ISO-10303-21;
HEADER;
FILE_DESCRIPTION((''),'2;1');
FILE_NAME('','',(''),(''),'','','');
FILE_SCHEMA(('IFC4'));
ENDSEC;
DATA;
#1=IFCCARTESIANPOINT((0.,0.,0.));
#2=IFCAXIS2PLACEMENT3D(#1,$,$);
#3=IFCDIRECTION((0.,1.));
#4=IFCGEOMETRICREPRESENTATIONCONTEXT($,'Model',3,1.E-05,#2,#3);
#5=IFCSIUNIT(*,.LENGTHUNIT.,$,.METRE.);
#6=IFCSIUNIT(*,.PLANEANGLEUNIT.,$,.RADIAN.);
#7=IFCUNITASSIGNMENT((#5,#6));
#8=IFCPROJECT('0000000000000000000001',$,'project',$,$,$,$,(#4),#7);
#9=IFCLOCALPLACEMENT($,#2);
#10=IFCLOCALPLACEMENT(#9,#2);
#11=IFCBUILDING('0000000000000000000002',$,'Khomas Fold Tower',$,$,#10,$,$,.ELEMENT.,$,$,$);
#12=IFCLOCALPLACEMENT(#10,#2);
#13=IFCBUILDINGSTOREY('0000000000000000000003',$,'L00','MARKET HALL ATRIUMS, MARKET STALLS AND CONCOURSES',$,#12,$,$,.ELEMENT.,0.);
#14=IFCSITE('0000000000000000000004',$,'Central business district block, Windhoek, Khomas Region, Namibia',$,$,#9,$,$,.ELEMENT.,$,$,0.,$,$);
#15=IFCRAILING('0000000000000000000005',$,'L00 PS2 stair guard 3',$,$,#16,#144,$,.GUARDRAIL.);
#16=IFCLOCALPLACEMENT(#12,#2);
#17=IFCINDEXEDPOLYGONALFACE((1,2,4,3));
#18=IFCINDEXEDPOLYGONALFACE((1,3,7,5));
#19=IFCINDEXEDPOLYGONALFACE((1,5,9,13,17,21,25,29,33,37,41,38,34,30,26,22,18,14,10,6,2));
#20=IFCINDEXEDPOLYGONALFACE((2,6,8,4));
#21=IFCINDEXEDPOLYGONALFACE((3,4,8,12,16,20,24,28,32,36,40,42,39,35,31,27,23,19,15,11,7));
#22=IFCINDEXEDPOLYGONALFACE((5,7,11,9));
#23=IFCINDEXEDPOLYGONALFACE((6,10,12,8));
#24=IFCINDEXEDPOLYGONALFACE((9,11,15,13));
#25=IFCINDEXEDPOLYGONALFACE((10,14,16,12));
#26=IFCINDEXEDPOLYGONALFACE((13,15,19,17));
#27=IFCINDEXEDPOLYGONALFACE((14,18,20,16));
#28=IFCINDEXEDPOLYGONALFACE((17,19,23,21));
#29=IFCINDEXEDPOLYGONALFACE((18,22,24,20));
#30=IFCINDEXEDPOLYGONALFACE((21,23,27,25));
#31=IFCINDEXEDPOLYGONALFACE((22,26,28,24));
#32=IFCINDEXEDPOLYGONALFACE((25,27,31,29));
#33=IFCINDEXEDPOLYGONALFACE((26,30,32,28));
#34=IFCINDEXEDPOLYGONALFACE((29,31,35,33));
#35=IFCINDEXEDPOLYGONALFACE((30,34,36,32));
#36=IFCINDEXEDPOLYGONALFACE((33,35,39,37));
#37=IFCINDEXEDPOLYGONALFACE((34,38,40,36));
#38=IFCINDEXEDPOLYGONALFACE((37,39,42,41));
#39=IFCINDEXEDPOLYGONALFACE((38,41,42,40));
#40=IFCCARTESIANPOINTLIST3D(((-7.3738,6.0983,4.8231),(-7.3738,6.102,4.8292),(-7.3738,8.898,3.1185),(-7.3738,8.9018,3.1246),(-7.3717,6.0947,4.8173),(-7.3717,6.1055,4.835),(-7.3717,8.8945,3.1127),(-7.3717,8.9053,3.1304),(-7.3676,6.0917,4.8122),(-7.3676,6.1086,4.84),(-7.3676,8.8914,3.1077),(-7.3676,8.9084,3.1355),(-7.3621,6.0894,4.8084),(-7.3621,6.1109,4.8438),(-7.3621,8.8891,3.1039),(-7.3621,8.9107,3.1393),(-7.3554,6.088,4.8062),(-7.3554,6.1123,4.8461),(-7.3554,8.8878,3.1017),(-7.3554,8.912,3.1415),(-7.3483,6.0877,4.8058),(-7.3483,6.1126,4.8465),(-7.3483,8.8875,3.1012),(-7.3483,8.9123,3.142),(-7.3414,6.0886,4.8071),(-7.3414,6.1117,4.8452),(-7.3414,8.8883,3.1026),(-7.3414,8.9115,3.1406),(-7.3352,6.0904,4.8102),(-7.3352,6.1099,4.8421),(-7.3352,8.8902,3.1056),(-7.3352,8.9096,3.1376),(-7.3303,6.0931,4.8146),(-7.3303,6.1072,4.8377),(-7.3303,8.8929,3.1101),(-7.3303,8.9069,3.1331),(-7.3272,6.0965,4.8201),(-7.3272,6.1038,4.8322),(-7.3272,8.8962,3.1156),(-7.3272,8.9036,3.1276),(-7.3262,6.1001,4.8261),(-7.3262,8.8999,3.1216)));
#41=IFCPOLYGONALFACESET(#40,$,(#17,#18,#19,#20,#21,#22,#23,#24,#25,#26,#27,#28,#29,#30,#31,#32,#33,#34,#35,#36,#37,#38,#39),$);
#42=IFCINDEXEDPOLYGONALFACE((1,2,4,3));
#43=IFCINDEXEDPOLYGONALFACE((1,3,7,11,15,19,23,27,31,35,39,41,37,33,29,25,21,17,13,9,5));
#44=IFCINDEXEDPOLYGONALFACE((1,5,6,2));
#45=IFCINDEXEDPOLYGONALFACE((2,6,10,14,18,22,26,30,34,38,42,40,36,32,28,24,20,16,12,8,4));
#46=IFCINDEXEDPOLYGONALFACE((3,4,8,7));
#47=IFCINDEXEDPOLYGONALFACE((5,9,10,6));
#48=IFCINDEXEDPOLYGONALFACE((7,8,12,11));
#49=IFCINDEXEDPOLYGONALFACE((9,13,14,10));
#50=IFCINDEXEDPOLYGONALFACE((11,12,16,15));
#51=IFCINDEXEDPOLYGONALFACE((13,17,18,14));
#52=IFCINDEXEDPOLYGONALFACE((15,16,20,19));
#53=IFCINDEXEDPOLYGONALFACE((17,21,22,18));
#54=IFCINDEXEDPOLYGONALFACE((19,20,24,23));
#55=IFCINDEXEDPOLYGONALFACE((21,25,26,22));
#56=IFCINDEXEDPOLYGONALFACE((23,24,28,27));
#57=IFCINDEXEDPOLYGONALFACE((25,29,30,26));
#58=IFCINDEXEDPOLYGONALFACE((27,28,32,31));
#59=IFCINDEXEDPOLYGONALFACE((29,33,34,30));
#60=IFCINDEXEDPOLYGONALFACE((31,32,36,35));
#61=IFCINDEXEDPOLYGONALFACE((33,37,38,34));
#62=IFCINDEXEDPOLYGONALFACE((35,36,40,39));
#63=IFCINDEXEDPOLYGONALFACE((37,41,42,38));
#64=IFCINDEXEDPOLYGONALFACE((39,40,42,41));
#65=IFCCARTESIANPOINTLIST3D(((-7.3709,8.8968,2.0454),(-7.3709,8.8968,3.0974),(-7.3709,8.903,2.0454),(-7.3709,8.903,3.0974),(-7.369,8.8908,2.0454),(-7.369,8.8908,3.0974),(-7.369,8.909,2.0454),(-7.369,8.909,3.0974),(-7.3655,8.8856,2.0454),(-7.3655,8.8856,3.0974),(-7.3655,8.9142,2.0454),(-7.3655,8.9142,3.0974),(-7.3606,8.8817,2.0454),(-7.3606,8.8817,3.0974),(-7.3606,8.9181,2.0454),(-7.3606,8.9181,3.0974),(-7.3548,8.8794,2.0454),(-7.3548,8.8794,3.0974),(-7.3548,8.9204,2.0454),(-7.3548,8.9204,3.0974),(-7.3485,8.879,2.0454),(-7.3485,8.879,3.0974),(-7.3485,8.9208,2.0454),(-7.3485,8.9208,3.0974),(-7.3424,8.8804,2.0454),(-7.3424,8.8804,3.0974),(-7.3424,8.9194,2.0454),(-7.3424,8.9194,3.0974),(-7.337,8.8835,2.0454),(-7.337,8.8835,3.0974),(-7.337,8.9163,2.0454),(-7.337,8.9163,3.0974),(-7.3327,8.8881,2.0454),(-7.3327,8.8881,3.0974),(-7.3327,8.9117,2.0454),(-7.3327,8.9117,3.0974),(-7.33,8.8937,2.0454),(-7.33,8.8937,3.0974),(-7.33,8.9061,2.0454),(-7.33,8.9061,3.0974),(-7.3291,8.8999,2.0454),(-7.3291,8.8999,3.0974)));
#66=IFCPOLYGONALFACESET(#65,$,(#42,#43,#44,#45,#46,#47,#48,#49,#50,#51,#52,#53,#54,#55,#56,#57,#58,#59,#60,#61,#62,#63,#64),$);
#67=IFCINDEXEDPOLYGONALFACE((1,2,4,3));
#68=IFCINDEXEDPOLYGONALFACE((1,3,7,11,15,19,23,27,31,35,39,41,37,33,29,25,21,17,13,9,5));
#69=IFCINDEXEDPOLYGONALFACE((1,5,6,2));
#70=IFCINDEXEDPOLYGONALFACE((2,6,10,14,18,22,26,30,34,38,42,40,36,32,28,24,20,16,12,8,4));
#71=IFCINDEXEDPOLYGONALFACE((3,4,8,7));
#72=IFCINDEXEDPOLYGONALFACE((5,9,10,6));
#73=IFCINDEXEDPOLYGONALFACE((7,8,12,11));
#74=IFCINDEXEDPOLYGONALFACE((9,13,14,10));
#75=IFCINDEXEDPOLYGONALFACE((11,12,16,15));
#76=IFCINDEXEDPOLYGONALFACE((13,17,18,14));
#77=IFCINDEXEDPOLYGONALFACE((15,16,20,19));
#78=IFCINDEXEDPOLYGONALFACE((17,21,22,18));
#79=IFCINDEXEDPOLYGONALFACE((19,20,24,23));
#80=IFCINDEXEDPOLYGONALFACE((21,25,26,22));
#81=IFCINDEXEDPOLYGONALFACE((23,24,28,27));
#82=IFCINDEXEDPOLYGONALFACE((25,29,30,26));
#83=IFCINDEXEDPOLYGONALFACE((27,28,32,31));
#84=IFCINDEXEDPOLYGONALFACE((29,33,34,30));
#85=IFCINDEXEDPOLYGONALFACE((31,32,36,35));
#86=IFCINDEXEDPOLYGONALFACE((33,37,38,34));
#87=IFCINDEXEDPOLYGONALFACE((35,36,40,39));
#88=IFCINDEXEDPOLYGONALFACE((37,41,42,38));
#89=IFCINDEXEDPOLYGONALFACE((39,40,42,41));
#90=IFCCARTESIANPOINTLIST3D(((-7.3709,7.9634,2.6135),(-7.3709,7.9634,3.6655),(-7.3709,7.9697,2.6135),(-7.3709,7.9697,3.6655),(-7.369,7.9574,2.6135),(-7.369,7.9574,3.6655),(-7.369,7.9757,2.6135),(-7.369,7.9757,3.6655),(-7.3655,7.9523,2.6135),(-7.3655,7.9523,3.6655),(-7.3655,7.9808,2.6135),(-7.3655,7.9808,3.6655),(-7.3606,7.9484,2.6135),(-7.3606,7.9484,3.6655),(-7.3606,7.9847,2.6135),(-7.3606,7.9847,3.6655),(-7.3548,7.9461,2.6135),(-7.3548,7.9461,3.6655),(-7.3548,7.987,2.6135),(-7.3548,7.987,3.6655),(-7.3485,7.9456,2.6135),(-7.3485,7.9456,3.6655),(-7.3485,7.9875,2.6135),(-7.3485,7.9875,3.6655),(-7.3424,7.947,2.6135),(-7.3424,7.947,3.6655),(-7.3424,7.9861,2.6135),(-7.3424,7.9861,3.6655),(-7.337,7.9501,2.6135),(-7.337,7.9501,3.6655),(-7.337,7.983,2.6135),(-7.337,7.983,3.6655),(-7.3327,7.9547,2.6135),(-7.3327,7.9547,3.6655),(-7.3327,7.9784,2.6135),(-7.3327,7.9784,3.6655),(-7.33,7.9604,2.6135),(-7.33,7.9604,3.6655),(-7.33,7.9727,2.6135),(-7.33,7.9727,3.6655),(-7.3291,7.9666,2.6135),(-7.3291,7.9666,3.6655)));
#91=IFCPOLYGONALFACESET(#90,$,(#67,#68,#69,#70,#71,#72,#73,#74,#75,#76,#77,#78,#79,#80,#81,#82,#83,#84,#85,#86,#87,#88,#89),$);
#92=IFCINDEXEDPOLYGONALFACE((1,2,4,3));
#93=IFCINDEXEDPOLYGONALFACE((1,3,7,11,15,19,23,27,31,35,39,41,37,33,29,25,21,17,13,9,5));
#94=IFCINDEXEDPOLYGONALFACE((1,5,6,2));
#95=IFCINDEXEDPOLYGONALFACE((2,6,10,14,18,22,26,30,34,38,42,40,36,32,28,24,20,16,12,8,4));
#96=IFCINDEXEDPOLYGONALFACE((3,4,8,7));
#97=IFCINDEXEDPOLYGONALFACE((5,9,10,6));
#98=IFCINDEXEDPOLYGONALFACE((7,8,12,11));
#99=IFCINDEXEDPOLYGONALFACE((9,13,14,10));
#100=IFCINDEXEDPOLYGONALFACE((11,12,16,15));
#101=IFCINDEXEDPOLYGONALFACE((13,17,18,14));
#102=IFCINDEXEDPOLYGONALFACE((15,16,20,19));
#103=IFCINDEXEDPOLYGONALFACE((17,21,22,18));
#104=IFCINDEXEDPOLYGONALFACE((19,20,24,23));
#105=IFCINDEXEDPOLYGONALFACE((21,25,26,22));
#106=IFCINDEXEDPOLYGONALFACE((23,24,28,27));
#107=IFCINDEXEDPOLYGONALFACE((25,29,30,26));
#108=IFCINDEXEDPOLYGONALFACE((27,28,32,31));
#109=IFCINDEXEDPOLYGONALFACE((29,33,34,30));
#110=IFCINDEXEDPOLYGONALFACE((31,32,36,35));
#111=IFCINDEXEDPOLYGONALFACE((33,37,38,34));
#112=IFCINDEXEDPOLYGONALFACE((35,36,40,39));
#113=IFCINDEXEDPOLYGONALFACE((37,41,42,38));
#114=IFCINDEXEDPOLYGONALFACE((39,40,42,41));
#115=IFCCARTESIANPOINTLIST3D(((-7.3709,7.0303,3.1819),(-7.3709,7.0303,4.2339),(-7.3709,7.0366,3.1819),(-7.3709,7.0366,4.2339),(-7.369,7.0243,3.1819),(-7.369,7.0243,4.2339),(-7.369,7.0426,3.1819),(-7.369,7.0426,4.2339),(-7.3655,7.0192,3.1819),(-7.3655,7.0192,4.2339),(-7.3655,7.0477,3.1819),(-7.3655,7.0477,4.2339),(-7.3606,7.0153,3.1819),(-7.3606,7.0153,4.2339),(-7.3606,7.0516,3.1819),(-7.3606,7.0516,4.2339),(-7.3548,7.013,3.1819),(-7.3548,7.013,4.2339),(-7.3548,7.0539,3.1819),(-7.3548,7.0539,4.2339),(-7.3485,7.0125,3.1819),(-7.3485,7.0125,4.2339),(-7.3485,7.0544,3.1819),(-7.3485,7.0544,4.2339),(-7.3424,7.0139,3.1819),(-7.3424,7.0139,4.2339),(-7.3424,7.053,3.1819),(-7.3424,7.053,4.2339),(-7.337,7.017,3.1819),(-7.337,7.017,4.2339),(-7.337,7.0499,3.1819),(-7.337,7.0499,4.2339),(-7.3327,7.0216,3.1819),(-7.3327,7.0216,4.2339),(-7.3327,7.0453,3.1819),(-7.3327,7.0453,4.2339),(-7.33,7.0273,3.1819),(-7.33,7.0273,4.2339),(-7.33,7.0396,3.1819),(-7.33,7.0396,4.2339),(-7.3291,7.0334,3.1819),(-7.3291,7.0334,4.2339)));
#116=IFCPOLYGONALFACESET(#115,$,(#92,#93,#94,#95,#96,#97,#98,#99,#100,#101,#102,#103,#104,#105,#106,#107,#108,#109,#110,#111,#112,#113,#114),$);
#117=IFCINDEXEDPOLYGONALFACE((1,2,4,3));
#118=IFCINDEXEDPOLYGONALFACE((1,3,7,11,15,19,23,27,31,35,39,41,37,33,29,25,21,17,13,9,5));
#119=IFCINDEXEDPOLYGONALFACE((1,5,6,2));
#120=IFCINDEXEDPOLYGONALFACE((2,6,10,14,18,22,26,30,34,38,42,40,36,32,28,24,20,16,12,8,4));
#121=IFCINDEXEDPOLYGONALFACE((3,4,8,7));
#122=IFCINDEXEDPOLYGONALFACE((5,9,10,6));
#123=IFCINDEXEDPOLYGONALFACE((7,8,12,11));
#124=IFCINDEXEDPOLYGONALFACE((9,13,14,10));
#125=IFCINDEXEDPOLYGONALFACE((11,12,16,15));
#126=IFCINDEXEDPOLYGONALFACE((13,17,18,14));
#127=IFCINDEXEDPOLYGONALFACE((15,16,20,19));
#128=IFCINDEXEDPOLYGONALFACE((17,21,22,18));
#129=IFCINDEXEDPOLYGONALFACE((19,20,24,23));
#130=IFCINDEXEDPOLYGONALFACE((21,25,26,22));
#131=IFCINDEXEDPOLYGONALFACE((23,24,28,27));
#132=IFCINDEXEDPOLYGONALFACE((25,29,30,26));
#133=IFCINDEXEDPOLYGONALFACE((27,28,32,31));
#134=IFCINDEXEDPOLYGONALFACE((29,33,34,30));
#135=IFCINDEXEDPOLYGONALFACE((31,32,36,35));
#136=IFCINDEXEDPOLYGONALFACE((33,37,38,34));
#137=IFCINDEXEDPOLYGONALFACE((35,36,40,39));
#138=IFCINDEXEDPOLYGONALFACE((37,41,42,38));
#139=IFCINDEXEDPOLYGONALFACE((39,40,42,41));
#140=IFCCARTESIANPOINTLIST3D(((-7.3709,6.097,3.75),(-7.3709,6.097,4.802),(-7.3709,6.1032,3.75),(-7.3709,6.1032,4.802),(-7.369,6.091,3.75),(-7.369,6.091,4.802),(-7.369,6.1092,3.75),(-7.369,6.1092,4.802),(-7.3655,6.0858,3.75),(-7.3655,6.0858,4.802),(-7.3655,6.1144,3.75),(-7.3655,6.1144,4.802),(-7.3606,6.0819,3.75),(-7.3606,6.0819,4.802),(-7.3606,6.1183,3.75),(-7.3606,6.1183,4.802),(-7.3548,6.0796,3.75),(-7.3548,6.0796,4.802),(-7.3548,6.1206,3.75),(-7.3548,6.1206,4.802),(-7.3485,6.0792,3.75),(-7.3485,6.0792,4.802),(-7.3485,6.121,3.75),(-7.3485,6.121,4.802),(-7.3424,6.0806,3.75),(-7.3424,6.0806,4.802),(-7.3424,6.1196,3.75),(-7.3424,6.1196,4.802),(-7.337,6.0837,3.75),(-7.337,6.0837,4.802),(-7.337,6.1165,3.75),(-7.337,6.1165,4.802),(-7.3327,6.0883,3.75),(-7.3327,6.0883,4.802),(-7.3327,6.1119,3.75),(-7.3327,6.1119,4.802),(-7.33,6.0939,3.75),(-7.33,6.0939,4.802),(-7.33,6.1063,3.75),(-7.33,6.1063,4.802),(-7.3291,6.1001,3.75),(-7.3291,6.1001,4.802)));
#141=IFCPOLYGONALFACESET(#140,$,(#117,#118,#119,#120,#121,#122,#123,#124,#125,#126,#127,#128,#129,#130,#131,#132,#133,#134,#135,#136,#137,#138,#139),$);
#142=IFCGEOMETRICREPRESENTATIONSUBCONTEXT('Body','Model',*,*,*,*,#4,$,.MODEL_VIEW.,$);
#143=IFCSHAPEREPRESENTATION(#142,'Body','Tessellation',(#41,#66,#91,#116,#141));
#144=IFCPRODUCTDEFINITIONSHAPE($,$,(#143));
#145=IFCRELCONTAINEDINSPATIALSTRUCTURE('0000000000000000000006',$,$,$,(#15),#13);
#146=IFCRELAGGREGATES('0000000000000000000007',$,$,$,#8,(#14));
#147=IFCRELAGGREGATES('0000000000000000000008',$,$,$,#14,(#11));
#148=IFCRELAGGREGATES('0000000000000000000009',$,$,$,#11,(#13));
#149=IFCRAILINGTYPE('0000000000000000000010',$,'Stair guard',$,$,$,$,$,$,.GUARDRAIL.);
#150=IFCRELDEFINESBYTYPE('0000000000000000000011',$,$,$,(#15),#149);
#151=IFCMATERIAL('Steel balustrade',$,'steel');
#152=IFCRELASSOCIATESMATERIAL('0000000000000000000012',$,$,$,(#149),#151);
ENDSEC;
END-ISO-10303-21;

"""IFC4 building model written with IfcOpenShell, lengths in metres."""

from ifc_helpers import new_model, si_unit, direction, frame, origin, origin_2d, place, context, subcontext, project, spatial, circle, extrude, source, transform, mapped, material, type_object, element, save


model = new_model("IFC4")

# Units and contexts
model_context = context("Model", 3, precision=1e-05, world=origin(), true_north=direction((0.0, 1.0)))
body_context = subcontext(model_context, "Body", "Model", "MODEL_VIEW")
ifc_project = project(units=[si_unit("LENGTHUNIT", "METRE"), si_unit("PLANEANGLEUNIT", "RADIAN")], contexts=[model_context])

# Site, building, storey
site_placement = place(None, origin())
site = spatial("IfcSite", under=ifc_project, at=site_placement, Name="Central business district block, Windhoek, Khomas Region, Namibia", CompositionType="ELEMENT", RefElevation=0.0)
building_placement = place(site_placement, origin())
building = spatial("IfcBuilding", under=site, at=building_placement, Name="Khomas Fold Tower", CompositionType="ELEMENT")
storey_placement = place(building_placement, origin())
storey = spatial("IfcBuildingStorey", under=building, at=storey_placement, Name="L00", Description="MARKET HALL ATRIUMS, MARKET STALLS AND CONCOURSES", CompositionType="ELEMENT", Elevation=0.0)

# Railing
ifc_material_1 = material(Name="Steel balustrade", Category="steel")
railing_type_1 = type_object("IfcRailingType", Name="Stair guard", PredefinedType="GUARDRAIL", material=ifc_material_1)
shared_shape_1 = source(origin(), body_context, "Body", "SweptSolid", [
    extrude(circle(Radius=0.0239, at=origin_2d()), frame((0.0, 0.0, 1.0762), z_axis=(0.0, -0.85415, 0.520027), x_axis=(1.0, 0.0, 0.0)), (0.0, 0.0, 1.0), 3.2778),
    extrude(circle(Radius=0.021, at=origin_2d()), origin(), (0.0, 0.0, 1.0), 1.052),
    extrude(circle(Radius=0.021, at=origin_2d()), frame((0.0, -0.9333, 0.5681)), (0.0, 0.0, 1.0), 1.052),
    extrude(circle(Radius=0.021, at=origin_2d()), frame((0.0, -1.8665, 1.1365)), (0.0, 0.0, 1.0), 1.052),
    extrude(circle(Radius=0.021, at=origin_2d()), frame((0.0, -2.7998, 1.7046)), (0.0, 0.0, 1.0), 1.052),
])
for number, where, name in (
    (1, (-7.3501, 8.8999, 2.0454), "L00 PS2 stair guard 3"),
):
    element("IfcRailing", number, at=place(storey_placement, frame(where)), inside=storey, type_object=railing_type_1, Name=name, PredefinedType="GUARDRAIL", context=body_context, shape_type="MappedRepresentation", body=[
        mapped(shared_shape_1, transform((0.0, 0.0, 0.0))),
    ])

save(model, "model.ifc")
